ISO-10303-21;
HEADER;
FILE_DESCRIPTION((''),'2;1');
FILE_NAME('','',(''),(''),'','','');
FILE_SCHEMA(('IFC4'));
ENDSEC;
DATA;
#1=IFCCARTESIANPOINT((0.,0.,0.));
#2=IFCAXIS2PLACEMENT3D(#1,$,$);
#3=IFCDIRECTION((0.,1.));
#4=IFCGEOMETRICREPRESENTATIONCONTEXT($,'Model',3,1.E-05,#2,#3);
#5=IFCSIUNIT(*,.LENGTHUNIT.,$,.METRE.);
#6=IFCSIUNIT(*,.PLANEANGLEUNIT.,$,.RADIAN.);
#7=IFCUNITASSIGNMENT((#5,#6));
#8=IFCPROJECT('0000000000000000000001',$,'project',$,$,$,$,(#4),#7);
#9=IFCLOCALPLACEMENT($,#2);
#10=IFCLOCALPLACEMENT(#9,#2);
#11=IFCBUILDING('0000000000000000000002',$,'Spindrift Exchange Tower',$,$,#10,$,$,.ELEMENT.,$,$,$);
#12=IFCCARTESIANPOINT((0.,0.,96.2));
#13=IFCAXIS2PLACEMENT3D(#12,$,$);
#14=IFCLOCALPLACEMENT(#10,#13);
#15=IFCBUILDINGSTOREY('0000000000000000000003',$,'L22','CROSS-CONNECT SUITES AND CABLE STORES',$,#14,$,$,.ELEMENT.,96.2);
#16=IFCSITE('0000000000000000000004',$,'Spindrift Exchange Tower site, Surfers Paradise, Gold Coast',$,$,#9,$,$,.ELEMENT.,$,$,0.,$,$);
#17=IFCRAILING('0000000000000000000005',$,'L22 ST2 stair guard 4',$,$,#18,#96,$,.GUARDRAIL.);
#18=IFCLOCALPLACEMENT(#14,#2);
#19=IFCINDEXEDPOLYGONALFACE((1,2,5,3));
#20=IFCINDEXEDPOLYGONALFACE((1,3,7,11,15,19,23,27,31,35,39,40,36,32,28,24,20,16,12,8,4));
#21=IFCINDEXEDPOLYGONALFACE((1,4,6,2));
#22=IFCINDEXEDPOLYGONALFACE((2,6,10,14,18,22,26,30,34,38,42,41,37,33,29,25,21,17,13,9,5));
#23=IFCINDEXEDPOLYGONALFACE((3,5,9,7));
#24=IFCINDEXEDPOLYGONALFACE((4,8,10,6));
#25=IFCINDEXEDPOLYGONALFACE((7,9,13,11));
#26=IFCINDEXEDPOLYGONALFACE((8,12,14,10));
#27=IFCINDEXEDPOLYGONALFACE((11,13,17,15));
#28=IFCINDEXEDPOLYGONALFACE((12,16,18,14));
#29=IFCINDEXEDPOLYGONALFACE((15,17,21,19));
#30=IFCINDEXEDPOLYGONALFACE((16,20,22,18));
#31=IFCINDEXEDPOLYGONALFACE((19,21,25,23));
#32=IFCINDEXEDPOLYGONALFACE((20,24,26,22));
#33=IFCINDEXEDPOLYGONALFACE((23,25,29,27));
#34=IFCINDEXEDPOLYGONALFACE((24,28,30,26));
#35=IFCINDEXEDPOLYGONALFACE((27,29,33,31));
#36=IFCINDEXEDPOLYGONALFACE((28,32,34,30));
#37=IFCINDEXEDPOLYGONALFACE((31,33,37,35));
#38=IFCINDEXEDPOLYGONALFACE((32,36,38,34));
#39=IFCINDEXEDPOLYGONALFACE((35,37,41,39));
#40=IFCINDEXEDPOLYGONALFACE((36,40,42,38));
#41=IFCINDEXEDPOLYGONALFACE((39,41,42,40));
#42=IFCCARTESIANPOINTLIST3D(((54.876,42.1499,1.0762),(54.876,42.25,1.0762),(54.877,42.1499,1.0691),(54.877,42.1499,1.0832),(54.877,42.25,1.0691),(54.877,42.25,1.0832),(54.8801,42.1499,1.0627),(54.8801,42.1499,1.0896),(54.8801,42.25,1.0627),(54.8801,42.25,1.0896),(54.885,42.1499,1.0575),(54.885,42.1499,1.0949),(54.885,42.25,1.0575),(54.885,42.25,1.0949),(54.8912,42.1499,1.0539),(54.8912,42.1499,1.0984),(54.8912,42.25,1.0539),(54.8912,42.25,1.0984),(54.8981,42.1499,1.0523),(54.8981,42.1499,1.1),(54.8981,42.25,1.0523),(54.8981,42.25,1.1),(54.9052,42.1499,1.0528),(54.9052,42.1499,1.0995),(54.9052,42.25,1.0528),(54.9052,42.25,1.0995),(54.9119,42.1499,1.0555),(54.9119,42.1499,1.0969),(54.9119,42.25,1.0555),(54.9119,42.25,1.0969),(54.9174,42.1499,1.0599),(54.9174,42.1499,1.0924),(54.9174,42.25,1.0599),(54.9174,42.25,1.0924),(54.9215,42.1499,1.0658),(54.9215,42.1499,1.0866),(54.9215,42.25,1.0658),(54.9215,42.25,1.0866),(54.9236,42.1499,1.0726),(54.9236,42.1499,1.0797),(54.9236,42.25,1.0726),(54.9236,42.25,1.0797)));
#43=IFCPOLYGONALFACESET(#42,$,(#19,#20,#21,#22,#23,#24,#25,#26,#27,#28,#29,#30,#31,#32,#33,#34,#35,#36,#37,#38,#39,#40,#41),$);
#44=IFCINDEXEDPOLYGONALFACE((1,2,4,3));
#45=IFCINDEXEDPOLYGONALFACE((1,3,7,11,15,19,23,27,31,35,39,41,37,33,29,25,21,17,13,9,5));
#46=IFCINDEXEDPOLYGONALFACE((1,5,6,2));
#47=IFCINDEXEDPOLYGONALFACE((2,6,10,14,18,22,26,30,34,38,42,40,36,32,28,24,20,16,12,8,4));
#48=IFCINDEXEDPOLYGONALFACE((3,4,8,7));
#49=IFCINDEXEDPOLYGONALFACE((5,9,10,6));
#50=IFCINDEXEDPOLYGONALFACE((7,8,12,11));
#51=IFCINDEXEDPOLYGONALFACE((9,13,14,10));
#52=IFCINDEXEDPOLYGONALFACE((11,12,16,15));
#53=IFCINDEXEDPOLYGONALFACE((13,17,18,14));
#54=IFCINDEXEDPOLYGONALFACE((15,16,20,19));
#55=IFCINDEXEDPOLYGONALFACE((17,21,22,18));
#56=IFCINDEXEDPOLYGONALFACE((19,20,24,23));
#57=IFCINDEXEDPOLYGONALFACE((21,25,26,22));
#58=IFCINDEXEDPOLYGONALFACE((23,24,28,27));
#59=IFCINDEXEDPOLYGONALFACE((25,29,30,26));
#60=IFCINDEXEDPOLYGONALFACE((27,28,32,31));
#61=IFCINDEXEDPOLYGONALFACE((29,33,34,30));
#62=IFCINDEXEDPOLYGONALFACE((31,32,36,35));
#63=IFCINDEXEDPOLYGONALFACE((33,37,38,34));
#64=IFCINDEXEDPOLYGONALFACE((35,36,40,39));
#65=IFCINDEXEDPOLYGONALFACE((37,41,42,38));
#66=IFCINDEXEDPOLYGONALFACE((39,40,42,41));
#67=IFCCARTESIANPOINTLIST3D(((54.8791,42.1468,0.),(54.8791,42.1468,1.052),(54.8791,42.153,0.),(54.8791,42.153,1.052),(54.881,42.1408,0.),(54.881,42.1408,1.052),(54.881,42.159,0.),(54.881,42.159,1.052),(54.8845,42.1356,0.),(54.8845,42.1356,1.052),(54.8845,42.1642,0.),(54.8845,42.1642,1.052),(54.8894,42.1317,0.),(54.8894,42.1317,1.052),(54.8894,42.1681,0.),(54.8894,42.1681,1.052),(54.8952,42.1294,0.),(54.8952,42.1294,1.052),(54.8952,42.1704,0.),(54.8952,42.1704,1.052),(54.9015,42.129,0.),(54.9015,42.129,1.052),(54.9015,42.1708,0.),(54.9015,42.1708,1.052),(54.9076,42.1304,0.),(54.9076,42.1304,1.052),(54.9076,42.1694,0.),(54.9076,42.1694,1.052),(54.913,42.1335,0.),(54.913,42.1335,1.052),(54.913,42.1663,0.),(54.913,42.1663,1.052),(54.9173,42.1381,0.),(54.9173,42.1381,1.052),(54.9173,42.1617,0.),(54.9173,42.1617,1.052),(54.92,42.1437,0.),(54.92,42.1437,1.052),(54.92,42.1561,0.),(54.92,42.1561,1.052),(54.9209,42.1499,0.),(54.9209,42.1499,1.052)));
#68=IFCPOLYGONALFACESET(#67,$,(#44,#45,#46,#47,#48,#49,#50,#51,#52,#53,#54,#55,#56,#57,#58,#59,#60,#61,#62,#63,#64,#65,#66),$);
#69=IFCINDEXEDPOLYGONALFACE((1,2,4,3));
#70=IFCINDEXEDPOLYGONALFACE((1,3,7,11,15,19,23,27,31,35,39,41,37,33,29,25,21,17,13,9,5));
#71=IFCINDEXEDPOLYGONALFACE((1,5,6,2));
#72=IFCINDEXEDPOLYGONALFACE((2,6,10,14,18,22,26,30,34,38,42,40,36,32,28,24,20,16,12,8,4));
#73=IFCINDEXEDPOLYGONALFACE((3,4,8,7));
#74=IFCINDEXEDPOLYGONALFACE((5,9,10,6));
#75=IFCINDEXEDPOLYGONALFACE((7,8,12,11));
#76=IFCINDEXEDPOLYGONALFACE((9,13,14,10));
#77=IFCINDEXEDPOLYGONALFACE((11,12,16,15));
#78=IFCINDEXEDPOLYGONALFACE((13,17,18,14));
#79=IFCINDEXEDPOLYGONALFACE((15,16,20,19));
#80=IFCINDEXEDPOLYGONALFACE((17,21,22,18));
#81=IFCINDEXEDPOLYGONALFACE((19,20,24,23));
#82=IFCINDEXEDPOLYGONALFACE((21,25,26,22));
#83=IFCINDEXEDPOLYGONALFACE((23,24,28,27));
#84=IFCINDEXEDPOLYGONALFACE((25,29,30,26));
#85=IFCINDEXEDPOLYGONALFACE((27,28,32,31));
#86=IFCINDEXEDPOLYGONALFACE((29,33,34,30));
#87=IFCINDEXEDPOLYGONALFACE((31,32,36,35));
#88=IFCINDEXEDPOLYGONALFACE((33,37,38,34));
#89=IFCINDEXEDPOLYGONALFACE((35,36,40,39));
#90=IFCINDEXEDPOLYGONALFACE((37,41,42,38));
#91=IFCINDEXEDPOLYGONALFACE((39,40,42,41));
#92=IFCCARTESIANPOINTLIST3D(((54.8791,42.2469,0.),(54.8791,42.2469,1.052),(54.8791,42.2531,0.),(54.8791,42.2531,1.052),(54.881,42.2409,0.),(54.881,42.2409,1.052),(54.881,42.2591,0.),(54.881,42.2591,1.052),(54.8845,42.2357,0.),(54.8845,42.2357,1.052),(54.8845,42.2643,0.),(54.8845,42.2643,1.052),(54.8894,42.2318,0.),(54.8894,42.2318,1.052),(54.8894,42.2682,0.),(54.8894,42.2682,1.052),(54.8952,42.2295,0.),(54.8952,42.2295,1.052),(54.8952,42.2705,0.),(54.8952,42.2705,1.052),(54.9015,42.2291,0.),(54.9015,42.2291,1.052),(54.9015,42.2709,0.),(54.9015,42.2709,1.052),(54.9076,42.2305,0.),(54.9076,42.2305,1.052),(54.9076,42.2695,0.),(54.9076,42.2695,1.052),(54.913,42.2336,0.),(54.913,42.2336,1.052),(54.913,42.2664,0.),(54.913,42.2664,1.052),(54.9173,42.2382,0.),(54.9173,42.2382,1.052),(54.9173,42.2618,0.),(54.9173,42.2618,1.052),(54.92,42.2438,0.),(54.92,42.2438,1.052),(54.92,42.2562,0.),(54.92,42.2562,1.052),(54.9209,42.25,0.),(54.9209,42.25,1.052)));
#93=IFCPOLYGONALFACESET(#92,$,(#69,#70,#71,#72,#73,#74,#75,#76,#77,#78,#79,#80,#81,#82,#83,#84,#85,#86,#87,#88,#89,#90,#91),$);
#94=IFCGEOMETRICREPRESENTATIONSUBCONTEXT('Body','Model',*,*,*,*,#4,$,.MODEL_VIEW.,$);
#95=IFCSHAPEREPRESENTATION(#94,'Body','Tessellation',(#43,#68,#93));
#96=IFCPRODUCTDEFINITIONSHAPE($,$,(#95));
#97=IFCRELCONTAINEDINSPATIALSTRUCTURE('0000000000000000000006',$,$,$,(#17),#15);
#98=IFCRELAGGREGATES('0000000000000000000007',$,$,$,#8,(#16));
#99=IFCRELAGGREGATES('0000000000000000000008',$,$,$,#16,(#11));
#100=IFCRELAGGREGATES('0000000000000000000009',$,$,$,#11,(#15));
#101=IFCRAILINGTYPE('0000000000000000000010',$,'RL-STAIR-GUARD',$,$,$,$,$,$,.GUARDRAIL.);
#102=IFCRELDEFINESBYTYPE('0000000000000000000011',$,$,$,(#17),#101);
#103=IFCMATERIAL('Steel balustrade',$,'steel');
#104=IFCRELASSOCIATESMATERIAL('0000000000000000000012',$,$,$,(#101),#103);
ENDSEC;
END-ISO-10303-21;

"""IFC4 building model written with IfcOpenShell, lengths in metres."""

from ifc_helpers import new_model, si_unit, direction, frame, origin, origin_2d, place, context, subcontext, project, spatial, circle, extrude, material, type_object, element, save


model = new_model("IFC4")

# Units and contexts
model_context = context("Model", 3, precision=1e-05, world=origin(), true_north=direction((0.0, 1.0)))
body_context = subcontext(model_context, "Body", "Model", "MODEL_VIEW")
ifc_project = project(units=[si_unit("LENGTHUNIT", "METRE"), si_unit("PLANEANGLEUNIT", "RADIAN")], contexts=[model_context])

# Site, building, storey
site_placement = place(None, origin())
site = spatial("IfcSite", under=ifc_project, at=site_placement, Name="Spindrift Exchange Tower site, Surfers Paradise, Gold Coast", CompositionType="ELEMENT", RefElevation=0.0)
building_placement = place(site_placement, origin())
building = spatial("IfcBuilding", under=site, at=building_placement, Name="Spindrift Exchange Tower", CompositionType="ELEMENT")
storey_placement = place(building_placement, frame((0.0, 0.0, 96.2)))
storey = spatial("IfcBuildingStorey", under=building, at=storey_placement, Name="L22", Description="CROSS-CONNECT SUITES AND CABLE STORES", CompositionType="ELEMENT", Elevation=96.2)

# Railing
ifc_material_1 = material(Name="Steel balustrade", Category="steel")
railing_type_1 = type_object("IfcRailingType", Name="RL-STAIR-GUARD", PredefinedType="GUARDRAIL", material=ifc_material_1)
railing_1_placement = place(storey_placement, frame((54.8999, 42.1499, 0.0)))
element("IfcRailing", 1, at=railing_1_placement, inside=storey, type_object=railing_type_1, Name="L22 ST2 stair guard 4", PredefinedType="GUARDRAIL", context=body_context, shape_type="SweptSolid", body=[
    extrude(circle(Radius=0.0239, at=origin_2d()), frame((0.0, 0.0, 1.0762), z_axis=(0.0, 1.0, 0.0), x_axis=(-1.0, 0.0, 0.0)), (0.0, 0.0, 1.0), 0.1001),
    extrude(circle(Radius=0.021, at=origin_2d()), origin(), (0.0, 0.0, 1.0), 1.052),
    extrude(circle(Radius=0.021, at=origin_2d()), frame((0.0, 0.1001, 0.0)), (0.0, 0.0, 1.0), 1.052),
])

save(model, "model.ifc")
